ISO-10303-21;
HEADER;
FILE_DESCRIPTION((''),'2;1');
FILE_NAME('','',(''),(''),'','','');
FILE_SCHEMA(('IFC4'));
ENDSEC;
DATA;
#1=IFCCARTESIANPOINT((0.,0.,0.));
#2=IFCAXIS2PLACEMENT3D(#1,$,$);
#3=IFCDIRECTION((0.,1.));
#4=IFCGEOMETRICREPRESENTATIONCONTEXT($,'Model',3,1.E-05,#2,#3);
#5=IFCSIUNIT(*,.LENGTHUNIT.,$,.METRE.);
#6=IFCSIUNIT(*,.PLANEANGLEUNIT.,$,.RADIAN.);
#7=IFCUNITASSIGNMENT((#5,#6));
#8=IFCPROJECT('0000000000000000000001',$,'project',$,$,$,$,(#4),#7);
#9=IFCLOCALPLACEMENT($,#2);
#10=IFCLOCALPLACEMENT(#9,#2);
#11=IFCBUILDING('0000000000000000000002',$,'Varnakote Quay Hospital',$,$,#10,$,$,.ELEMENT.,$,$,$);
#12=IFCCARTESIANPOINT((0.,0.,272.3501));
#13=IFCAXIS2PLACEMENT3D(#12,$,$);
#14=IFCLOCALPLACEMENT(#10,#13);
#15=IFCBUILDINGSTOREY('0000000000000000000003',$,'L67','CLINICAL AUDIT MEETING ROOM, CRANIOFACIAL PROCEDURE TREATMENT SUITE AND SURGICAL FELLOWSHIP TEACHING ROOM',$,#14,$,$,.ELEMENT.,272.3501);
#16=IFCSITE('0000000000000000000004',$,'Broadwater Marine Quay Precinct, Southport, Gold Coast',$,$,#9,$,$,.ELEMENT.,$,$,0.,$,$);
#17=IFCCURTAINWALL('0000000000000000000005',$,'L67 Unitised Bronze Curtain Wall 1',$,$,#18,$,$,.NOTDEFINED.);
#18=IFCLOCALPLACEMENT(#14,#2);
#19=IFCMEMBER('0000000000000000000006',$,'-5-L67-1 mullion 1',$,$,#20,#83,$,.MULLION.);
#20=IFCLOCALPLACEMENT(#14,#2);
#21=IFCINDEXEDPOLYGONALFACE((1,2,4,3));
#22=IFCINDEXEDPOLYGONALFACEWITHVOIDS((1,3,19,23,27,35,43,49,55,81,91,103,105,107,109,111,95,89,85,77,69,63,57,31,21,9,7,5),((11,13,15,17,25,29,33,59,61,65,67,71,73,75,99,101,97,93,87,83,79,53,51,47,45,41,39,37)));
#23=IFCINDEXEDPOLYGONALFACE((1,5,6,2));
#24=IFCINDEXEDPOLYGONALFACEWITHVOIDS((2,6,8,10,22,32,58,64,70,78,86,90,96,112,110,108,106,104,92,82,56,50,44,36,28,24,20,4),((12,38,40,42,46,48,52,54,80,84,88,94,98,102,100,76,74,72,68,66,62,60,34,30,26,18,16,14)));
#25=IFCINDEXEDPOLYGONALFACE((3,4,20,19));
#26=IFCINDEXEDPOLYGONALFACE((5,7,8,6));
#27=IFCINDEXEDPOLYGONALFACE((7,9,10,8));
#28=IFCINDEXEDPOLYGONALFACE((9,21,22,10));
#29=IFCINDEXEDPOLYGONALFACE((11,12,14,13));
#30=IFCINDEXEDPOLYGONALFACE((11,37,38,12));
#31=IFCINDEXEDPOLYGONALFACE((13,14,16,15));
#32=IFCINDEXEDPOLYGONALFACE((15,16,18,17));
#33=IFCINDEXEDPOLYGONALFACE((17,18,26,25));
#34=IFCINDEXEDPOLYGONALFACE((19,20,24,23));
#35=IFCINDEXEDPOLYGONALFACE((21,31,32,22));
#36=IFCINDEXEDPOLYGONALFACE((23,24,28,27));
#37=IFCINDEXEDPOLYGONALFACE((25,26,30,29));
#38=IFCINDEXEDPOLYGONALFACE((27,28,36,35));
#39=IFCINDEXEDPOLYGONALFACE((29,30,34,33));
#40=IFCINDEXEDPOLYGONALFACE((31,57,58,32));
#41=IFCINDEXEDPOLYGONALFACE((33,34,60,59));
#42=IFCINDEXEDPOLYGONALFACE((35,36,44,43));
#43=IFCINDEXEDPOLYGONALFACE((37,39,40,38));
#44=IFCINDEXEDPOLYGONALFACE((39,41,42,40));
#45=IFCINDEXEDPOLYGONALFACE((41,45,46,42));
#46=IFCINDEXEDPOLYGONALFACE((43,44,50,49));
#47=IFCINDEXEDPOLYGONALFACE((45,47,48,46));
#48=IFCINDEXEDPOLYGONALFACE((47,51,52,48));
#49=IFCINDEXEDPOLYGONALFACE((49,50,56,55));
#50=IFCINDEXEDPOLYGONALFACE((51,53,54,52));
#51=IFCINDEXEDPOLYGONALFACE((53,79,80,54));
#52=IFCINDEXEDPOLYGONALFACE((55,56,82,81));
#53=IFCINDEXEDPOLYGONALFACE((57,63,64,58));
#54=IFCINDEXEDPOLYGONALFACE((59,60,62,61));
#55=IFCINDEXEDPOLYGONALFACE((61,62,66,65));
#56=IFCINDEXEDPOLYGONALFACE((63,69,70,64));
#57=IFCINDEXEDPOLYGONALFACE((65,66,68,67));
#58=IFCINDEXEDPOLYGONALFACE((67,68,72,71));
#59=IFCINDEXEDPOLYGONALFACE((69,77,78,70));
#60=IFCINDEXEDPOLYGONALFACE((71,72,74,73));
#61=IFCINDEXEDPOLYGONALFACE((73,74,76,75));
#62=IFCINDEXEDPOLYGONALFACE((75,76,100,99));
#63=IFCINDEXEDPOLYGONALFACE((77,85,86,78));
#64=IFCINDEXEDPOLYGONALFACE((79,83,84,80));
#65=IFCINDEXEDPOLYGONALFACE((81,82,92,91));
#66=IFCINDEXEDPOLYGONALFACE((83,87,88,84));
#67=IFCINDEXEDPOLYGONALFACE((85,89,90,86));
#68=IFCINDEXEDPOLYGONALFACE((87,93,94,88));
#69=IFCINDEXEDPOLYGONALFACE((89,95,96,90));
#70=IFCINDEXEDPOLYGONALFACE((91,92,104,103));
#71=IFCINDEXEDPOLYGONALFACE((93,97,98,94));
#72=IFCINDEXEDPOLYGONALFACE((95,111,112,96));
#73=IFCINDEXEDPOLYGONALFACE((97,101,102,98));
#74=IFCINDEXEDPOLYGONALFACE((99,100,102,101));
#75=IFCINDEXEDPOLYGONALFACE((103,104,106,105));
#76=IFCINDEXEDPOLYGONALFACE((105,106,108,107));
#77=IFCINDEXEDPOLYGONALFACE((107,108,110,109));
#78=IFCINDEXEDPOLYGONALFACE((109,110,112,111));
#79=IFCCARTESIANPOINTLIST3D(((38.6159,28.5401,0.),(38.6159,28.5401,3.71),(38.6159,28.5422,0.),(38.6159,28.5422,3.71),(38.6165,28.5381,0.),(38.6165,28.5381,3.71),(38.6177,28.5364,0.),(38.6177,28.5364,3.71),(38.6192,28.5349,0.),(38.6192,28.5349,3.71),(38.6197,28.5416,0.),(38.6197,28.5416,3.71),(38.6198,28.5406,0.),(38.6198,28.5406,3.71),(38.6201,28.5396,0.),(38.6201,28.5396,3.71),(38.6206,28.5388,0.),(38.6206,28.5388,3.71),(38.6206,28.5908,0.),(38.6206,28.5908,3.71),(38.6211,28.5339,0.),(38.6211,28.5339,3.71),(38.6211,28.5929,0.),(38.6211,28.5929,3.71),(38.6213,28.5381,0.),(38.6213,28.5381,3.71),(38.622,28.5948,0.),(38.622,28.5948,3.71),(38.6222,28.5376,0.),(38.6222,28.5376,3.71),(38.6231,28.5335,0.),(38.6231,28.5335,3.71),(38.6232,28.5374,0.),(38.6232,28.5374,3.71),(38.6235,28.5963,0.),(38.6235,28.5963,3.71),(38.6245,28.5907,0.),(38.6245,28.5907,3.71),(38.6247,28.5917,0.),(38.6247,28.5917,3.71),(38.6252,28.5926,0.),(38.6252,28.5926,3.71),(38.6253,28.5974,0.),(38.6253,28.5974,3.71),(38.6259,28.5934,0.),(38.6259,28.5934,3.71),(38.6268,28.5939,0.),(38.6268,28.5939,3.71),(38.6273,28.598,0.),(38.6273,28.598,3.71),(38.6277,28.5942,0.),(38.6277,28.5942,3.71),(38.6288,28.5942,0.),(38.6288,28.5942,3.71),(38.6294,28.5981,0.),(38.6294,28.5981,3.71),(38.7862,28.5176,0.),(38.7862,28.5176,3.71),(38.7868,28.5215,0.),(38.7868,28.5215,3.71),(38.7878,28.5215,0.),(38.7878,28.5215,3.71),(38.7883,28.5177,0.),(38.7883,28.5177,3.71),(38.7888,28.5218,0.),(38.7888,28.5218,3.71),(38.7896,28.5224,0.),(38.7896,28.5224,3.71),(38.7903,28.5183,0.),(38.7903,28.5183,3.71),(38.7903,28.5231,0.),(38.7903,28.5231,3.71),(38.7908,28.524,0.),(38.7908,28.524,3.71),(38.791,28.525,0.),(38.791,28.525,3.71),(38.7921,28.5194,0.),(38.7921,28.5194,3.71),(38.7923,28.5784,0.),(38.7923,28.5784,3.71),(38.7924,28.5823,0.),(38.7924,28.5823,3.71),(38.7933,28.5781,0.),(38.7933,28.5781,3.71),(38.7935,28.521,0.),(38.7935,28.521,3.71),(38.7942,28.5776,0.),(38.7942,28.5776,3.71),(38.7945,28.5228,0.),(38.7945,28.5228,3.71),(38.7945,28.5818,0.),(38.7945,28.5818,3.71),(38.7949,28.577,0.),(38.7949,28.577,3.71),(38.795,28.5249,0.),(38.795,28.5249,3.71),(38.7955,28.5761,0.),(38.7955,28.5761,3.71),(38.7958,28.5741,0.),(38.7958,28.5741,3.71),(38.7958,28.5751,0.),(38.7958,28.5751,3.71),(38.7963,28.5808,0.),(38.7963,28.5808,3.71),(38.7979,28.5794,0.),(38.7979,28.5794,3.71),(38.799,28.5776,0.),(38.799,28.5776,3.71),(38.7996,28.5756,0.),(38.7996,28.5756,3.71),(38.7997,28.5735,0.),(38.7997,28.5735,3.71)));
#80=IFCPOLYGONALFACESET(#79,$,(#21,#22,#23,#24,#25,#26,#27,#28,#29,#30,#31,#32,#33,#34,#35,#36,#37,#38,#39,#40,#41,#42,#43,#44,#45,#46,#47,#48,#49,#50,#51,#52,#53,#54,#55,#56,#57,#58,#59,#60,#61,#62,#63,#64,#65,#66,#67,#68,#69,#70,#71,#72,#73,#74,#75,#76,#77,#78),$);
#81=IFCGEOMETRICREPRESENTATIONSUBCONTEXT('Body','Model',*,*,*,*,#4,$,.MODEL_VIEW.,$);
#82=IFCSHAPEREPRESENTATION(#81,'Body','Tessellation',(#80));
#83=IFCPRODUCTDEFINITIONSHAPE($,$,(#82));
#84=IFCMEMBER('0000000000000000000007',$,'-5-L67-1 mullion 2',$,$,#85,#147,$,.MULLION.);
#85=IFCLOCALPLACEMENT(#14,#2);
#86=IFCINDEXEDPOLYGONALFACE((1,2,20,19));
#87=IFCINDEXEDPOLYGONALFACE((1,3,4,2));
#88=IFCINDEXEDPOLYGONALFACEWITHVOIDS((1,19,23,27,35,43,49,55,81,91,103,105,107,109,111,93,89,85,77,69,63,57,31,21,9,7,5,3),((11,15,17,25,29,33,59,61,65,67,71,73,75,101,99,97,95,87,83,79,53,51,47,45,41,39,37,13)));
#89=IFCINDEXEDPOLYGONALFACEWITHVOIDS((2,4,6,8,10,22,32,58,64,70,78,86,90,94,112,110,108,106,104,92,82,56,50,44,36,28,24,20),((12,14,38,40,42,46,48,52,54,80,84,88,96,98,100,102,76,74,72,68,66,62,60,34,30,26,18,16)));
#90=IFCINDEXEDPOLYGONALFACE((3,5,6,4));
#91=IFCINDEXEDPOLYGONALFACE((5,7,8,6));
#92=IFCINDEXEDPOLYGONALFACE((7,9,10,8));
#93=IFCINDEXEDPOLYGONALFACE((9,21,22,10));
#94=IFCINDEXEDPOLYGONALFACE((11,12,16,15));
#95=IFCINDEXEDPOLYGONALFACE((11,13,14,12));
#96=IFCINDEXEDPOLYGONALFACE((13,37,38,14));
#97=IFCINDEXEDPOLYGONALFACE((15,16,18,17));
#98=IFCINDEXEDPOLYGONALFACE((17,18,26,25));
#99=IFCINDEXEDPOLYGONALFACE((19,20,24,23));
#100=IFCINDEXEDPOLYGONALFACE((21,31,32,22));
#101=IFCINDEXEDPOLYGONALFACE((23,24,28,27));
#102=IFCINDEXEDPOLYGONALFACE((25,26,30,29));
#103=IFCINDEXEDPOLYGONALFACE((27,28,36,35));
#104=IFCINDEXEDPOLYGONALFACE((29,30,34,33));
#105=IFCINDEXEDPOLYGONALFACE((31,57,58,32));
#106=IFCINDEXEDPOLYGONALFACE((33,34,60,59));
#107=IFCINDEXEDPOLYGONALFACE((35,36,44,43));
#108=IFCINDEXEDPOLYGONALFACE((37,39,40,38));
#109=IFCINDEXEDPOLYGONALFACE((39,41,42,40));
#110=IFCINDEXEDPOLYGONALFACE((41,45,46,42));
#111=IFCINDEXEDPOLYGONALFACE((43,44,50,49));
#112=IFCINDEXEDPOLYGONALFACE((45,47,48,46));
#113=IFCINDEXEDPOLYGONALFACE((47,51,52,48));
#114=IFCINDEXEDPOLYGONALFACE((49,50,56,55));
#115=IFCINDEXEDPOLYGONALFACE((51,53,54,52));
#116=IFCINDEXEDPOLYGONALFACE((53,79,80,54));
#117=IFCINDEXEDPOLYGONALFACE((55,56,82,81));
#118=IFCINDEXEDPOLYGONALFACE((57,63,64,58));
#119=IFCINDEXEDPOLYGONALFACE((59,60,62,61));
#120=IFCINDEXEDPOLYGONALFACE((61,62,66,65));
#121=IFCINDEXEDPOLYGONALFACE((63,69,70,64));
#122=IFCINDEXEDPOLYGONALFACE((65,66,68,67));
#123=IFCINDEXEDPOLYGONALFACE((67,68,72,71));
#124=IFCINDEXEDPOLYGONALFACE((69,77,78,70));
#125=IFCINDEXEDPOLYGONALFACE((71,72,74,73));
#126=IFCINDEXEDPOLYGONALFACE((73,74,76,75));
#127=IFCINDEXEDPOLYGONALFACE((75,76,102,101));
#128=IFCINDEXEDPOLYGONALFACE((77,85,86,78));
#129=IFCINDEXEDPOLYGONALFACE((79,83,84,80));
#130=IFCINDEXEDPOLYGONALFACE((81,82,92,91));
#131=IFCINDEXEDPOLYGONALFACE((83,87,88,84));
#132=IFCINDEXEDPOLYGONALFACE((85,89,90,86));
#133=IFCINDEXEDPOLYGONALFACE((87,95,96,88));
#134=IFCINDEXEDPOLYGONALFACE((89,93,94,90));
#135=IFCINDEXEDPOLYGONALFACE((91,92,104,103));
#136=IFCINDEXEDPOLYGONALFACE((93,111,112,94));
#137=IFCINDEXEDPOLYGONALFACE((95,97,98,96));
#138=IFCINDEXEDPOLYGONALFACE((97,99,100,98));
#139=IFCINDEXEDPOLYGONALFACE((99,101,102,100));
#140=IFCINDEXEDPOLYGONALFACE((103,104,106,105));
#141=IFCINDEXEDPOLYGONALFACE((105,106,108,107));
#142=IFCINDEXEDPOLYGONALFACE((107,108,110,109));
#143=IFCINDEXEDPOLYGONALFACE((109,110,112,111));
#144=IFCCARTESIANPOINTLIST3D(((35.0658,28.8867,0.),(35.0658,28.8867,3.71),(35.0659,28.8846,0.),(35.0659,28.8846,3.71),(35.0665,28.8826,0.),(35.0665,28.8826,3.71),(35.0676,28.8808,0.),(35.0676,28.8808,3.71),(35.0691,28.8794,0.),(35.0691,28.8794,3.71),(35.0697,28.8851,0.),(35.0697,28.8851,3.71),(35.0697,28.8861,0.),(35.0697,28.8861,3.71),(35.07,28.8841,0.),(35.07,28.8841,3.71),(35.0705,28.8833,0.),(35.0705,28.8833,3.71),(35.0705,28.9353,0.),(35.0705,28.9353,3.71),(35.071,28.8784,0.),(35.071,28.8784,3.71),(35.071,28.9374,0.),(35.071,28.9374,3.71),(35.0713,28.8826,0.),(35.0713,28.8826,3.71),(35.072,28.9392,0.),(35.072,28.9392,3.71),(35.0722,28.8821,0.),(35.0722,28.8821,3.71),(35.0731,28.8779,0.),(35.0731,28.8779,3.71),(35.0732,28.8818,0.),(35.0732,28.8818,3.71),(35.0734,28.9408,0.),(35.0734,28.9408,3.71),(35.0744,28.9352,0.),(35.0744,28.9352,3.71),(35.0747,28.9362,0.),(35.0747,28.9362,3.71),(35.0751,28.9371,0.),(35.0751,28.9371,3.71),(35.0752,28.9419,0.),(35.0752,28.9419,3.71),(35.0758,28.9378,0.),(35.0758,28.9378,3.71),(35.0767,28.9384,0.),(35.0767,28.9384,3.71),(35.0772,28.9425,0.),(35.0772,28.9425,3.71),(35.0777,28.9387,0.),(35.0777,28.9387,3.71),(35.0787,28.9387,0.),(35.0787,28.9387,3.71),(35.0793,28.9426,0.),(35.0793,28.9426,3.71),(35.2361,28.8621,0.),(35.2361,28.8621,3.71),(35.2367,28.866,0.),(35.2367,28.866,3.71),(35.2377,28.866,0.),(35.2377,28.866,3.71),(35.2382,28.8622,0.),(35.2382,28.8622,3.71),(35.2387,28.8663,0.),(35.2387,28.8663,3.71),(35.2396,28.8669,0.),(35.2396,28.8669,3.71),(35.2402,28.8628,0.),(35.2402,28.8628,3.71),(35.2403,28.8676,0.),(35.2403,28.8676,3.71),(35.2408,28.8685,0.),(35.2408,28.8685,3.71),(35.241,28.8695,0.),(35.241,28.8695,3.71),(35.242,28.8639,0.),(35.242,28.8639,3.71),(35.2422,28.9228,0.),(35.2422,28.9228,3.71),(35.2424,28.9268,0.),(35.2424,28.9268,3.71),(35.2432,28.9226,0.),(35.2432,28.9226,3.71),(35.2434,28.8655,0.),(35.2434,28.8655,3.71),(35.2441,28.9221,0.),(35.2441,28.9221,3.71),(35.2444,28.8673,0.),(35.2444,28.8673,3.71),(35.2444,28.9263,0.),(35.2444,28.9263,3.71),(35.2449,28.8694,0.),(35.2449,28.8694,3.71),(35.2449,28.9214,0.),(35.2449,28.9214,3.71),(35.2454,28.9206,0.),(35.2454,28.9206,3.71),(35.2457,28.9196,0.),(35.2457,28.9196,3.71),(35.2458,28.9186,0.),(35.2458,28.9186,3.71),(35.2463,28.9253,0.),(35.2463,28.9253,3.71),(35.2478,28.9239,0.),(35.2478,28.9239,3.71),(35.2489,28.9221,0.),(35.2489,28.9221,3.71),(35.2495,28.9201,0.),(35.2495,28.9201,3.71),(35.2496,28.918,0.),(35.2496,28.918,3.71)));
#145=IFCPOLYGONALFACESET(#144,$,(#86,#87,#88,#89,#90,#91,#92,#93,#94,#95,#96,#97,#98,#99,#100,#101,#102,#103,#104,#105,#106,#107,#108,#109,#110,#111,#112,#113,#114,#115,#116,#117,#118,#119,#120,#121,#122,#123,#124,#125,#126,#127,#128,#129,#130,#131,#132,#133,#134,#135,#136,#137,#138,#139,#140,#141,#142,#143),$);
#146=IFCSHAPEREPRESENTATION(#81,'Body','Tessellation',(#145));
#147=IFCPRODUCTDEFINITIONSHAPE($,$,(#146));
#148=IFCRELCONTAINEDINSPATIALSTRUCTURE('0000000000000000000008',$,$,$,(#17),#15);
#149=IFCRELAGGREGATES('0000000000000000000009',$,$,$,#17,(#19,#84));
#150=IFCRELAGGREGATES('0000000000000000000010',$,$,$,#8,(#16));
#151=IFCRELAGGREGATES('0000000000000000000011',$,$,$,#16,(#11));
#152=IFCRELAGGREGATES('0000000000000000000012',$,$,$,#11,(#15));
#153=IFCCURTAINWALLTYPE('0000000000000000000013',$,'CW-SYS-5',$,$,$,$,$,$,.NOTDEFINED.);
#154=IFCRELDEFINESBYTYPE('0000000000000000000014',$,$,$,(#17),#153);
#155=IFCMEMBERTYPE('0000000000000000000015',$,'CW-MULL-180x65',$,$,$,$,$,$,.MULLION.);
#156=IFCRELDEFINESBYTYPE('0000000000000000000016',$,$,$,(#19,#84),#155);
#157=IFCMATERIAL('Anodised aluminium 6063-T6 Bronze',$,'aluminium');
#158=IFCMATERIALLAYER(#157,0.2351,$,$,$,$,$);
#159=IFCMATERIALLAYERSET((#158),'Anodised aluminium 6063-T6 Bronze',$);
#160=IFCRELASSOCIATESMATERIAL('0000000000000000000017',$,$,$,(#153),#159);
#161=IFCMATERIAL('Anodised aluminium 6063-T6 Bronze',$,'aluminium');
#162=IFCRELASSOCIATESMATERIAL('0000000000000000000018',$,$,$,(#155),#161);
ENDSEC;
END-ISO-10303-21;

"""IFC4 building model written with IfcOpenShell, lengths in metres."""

from ifc_helpers import new_model, si_unit, direction, frame, origin, origin_2d, place, context, subcontext, project, spatial, hollow_rectangle, extrude, material, layer, layer_set, material_profile, profile_set, type_object, element, aggregate, save


model = new_model("IFC4")

# Units and contexts
model_context = context("Model", 3, precision=1e-05, world=origin(), true_north=direction((0.0, 1.0)))
body_context = subcontext(model_context, "Body", "Model", "MODEL_VIEW")
ifc_project = project(units=[si_unit("LENGTHUNIT", "METRE"), si_unit("PLANEANGLEUNIT", "RADIAN")], contexts=[model_context])

# Site, building, storey
site_placement = place(None, origin())
site = spatial("IfcSite", under=ifc_project, at=site_placement, Name="Broadwater Marine Quay Precinct, Southport, Gold Coast", CompositionType="ELEMENT", RefElevation=0.0)
building_placement = place(site_placement, origin())
building = spatial("IfcBuilding", under=site, at=building_placement, Name="Varnakote Quay Hospital", CompositionType="ELEMENT")
storey_placement = place(building_placement, frame((0.0, 0.0, 272.3501)))
storey = spatial("IfcBuildingStorey", under=building, at=storey_placement, Name="L67", Description="CLINICAL AUDIT MEETING ROOM, CRANIOFACIAL PROCEDURE TREATMENT SUITE AND SURGICAL FELLOWSHIP TEACHING ROOM", CompositionType="ELEMENT", Elevation=272.3501)

# Curtain wall, members
ifc_material_1 = material(Name="Anodised aluminium 6063-T6 Bronze", Category="aluminium")
ifc_layer_1 = layer(ifc_material_1, 0.2351)
ifc_layer_set_1 = layer_set([ifc_layer_1], Name="Anodised aluminium 6063-T6 Bronze")
curtain_wall_type = type_object("IfcCurtainWallType", Name="CW-SYS-5", PredefinedType="NOTDEFINED", material=ifc_layer_set_1)
curtain_wall_placement = place(storey_placement, origin())
curtain_wall = element("IfcCurtainWall", 1, at=curtain_wall_placement, inside=storey, type_object=curtain_wall_type, Name="L67 Unitised Bronze Curtain Wall 1", PredefinedType="NOTDEFINED")
ifc_material_2 = material(Name="Anodised aluminium 6063-T6 Bronze", Category="aluminium")
ifc_material_profile_1 = material_profile(ifc_material_2, hollow_rectangle(XDim=0.0649, YDim=0.1799, WallThickness=0.0039, InnerFilletRadius=0.0039, OuterFilletRadius=0.0081, at=origin_2d()), Name="CW-MULL-180x65")
ifc_profile_set_1 = profile_set([ifc_material_profile_1], Name="Anodised aluminium 6063-T6 Bronze")
member_type_1 = type_object("IfcMemberType", Name="CW-MULL-180x65", PredefinedType="MULLION", material=ifc_profile_set_1)
member_1_placement = place(storey_placement, frame((38.7078, 28.5579, 0.0), z_axis=(0.0, 0.0, 1.0), x_axis=(-0.096569, -0.995326, 0.0)))
member_1 = element("IfcMember", 2, at=member_1_placement, type_object=member_type_1, Name="-5-L67-1 mullion 1", PredefinedType="MULLION", context=body_context, shape_type="SweptSolid", body=[
    extrude(hollow_rectangle(XDim=0.0649, YDim=0.1799, WallThickness=0.0039, InnerFilletRadius=0.0039, OuterFilletRadius=0.0081, at=origin_2d()), origin(), (0.0, 0.0, 1.0), 3.71),
])
member_2_placement = place(storey_placement, frame((35.1577, 28.9023, 0.0), z_axis=(0.0, 0.0, 1.0), x_axis=(-0.096569, -0.995326, 0.0)))
member_2 = element("IfcMember", 3, at=member_2_placement, type_object=member_type_1, Name="-5-L67-1 mullion 2", PredefinedType="MULLION", context=body_context, shape_type="SweptSolid", body=[
    extrude(hollow_rectangle(XDim=0.0649, YDim=0.1799, WallThickness=0.0039, InnerFilletRadius=0.0039, OuterFilletRadius=0.0081, at=origin_2d()), origin(), (0.0, 0.0, 1.0), 3.71),
])
aggregate(curtain_wall, [member_1, member_2])

save(model, "model.ifc")
